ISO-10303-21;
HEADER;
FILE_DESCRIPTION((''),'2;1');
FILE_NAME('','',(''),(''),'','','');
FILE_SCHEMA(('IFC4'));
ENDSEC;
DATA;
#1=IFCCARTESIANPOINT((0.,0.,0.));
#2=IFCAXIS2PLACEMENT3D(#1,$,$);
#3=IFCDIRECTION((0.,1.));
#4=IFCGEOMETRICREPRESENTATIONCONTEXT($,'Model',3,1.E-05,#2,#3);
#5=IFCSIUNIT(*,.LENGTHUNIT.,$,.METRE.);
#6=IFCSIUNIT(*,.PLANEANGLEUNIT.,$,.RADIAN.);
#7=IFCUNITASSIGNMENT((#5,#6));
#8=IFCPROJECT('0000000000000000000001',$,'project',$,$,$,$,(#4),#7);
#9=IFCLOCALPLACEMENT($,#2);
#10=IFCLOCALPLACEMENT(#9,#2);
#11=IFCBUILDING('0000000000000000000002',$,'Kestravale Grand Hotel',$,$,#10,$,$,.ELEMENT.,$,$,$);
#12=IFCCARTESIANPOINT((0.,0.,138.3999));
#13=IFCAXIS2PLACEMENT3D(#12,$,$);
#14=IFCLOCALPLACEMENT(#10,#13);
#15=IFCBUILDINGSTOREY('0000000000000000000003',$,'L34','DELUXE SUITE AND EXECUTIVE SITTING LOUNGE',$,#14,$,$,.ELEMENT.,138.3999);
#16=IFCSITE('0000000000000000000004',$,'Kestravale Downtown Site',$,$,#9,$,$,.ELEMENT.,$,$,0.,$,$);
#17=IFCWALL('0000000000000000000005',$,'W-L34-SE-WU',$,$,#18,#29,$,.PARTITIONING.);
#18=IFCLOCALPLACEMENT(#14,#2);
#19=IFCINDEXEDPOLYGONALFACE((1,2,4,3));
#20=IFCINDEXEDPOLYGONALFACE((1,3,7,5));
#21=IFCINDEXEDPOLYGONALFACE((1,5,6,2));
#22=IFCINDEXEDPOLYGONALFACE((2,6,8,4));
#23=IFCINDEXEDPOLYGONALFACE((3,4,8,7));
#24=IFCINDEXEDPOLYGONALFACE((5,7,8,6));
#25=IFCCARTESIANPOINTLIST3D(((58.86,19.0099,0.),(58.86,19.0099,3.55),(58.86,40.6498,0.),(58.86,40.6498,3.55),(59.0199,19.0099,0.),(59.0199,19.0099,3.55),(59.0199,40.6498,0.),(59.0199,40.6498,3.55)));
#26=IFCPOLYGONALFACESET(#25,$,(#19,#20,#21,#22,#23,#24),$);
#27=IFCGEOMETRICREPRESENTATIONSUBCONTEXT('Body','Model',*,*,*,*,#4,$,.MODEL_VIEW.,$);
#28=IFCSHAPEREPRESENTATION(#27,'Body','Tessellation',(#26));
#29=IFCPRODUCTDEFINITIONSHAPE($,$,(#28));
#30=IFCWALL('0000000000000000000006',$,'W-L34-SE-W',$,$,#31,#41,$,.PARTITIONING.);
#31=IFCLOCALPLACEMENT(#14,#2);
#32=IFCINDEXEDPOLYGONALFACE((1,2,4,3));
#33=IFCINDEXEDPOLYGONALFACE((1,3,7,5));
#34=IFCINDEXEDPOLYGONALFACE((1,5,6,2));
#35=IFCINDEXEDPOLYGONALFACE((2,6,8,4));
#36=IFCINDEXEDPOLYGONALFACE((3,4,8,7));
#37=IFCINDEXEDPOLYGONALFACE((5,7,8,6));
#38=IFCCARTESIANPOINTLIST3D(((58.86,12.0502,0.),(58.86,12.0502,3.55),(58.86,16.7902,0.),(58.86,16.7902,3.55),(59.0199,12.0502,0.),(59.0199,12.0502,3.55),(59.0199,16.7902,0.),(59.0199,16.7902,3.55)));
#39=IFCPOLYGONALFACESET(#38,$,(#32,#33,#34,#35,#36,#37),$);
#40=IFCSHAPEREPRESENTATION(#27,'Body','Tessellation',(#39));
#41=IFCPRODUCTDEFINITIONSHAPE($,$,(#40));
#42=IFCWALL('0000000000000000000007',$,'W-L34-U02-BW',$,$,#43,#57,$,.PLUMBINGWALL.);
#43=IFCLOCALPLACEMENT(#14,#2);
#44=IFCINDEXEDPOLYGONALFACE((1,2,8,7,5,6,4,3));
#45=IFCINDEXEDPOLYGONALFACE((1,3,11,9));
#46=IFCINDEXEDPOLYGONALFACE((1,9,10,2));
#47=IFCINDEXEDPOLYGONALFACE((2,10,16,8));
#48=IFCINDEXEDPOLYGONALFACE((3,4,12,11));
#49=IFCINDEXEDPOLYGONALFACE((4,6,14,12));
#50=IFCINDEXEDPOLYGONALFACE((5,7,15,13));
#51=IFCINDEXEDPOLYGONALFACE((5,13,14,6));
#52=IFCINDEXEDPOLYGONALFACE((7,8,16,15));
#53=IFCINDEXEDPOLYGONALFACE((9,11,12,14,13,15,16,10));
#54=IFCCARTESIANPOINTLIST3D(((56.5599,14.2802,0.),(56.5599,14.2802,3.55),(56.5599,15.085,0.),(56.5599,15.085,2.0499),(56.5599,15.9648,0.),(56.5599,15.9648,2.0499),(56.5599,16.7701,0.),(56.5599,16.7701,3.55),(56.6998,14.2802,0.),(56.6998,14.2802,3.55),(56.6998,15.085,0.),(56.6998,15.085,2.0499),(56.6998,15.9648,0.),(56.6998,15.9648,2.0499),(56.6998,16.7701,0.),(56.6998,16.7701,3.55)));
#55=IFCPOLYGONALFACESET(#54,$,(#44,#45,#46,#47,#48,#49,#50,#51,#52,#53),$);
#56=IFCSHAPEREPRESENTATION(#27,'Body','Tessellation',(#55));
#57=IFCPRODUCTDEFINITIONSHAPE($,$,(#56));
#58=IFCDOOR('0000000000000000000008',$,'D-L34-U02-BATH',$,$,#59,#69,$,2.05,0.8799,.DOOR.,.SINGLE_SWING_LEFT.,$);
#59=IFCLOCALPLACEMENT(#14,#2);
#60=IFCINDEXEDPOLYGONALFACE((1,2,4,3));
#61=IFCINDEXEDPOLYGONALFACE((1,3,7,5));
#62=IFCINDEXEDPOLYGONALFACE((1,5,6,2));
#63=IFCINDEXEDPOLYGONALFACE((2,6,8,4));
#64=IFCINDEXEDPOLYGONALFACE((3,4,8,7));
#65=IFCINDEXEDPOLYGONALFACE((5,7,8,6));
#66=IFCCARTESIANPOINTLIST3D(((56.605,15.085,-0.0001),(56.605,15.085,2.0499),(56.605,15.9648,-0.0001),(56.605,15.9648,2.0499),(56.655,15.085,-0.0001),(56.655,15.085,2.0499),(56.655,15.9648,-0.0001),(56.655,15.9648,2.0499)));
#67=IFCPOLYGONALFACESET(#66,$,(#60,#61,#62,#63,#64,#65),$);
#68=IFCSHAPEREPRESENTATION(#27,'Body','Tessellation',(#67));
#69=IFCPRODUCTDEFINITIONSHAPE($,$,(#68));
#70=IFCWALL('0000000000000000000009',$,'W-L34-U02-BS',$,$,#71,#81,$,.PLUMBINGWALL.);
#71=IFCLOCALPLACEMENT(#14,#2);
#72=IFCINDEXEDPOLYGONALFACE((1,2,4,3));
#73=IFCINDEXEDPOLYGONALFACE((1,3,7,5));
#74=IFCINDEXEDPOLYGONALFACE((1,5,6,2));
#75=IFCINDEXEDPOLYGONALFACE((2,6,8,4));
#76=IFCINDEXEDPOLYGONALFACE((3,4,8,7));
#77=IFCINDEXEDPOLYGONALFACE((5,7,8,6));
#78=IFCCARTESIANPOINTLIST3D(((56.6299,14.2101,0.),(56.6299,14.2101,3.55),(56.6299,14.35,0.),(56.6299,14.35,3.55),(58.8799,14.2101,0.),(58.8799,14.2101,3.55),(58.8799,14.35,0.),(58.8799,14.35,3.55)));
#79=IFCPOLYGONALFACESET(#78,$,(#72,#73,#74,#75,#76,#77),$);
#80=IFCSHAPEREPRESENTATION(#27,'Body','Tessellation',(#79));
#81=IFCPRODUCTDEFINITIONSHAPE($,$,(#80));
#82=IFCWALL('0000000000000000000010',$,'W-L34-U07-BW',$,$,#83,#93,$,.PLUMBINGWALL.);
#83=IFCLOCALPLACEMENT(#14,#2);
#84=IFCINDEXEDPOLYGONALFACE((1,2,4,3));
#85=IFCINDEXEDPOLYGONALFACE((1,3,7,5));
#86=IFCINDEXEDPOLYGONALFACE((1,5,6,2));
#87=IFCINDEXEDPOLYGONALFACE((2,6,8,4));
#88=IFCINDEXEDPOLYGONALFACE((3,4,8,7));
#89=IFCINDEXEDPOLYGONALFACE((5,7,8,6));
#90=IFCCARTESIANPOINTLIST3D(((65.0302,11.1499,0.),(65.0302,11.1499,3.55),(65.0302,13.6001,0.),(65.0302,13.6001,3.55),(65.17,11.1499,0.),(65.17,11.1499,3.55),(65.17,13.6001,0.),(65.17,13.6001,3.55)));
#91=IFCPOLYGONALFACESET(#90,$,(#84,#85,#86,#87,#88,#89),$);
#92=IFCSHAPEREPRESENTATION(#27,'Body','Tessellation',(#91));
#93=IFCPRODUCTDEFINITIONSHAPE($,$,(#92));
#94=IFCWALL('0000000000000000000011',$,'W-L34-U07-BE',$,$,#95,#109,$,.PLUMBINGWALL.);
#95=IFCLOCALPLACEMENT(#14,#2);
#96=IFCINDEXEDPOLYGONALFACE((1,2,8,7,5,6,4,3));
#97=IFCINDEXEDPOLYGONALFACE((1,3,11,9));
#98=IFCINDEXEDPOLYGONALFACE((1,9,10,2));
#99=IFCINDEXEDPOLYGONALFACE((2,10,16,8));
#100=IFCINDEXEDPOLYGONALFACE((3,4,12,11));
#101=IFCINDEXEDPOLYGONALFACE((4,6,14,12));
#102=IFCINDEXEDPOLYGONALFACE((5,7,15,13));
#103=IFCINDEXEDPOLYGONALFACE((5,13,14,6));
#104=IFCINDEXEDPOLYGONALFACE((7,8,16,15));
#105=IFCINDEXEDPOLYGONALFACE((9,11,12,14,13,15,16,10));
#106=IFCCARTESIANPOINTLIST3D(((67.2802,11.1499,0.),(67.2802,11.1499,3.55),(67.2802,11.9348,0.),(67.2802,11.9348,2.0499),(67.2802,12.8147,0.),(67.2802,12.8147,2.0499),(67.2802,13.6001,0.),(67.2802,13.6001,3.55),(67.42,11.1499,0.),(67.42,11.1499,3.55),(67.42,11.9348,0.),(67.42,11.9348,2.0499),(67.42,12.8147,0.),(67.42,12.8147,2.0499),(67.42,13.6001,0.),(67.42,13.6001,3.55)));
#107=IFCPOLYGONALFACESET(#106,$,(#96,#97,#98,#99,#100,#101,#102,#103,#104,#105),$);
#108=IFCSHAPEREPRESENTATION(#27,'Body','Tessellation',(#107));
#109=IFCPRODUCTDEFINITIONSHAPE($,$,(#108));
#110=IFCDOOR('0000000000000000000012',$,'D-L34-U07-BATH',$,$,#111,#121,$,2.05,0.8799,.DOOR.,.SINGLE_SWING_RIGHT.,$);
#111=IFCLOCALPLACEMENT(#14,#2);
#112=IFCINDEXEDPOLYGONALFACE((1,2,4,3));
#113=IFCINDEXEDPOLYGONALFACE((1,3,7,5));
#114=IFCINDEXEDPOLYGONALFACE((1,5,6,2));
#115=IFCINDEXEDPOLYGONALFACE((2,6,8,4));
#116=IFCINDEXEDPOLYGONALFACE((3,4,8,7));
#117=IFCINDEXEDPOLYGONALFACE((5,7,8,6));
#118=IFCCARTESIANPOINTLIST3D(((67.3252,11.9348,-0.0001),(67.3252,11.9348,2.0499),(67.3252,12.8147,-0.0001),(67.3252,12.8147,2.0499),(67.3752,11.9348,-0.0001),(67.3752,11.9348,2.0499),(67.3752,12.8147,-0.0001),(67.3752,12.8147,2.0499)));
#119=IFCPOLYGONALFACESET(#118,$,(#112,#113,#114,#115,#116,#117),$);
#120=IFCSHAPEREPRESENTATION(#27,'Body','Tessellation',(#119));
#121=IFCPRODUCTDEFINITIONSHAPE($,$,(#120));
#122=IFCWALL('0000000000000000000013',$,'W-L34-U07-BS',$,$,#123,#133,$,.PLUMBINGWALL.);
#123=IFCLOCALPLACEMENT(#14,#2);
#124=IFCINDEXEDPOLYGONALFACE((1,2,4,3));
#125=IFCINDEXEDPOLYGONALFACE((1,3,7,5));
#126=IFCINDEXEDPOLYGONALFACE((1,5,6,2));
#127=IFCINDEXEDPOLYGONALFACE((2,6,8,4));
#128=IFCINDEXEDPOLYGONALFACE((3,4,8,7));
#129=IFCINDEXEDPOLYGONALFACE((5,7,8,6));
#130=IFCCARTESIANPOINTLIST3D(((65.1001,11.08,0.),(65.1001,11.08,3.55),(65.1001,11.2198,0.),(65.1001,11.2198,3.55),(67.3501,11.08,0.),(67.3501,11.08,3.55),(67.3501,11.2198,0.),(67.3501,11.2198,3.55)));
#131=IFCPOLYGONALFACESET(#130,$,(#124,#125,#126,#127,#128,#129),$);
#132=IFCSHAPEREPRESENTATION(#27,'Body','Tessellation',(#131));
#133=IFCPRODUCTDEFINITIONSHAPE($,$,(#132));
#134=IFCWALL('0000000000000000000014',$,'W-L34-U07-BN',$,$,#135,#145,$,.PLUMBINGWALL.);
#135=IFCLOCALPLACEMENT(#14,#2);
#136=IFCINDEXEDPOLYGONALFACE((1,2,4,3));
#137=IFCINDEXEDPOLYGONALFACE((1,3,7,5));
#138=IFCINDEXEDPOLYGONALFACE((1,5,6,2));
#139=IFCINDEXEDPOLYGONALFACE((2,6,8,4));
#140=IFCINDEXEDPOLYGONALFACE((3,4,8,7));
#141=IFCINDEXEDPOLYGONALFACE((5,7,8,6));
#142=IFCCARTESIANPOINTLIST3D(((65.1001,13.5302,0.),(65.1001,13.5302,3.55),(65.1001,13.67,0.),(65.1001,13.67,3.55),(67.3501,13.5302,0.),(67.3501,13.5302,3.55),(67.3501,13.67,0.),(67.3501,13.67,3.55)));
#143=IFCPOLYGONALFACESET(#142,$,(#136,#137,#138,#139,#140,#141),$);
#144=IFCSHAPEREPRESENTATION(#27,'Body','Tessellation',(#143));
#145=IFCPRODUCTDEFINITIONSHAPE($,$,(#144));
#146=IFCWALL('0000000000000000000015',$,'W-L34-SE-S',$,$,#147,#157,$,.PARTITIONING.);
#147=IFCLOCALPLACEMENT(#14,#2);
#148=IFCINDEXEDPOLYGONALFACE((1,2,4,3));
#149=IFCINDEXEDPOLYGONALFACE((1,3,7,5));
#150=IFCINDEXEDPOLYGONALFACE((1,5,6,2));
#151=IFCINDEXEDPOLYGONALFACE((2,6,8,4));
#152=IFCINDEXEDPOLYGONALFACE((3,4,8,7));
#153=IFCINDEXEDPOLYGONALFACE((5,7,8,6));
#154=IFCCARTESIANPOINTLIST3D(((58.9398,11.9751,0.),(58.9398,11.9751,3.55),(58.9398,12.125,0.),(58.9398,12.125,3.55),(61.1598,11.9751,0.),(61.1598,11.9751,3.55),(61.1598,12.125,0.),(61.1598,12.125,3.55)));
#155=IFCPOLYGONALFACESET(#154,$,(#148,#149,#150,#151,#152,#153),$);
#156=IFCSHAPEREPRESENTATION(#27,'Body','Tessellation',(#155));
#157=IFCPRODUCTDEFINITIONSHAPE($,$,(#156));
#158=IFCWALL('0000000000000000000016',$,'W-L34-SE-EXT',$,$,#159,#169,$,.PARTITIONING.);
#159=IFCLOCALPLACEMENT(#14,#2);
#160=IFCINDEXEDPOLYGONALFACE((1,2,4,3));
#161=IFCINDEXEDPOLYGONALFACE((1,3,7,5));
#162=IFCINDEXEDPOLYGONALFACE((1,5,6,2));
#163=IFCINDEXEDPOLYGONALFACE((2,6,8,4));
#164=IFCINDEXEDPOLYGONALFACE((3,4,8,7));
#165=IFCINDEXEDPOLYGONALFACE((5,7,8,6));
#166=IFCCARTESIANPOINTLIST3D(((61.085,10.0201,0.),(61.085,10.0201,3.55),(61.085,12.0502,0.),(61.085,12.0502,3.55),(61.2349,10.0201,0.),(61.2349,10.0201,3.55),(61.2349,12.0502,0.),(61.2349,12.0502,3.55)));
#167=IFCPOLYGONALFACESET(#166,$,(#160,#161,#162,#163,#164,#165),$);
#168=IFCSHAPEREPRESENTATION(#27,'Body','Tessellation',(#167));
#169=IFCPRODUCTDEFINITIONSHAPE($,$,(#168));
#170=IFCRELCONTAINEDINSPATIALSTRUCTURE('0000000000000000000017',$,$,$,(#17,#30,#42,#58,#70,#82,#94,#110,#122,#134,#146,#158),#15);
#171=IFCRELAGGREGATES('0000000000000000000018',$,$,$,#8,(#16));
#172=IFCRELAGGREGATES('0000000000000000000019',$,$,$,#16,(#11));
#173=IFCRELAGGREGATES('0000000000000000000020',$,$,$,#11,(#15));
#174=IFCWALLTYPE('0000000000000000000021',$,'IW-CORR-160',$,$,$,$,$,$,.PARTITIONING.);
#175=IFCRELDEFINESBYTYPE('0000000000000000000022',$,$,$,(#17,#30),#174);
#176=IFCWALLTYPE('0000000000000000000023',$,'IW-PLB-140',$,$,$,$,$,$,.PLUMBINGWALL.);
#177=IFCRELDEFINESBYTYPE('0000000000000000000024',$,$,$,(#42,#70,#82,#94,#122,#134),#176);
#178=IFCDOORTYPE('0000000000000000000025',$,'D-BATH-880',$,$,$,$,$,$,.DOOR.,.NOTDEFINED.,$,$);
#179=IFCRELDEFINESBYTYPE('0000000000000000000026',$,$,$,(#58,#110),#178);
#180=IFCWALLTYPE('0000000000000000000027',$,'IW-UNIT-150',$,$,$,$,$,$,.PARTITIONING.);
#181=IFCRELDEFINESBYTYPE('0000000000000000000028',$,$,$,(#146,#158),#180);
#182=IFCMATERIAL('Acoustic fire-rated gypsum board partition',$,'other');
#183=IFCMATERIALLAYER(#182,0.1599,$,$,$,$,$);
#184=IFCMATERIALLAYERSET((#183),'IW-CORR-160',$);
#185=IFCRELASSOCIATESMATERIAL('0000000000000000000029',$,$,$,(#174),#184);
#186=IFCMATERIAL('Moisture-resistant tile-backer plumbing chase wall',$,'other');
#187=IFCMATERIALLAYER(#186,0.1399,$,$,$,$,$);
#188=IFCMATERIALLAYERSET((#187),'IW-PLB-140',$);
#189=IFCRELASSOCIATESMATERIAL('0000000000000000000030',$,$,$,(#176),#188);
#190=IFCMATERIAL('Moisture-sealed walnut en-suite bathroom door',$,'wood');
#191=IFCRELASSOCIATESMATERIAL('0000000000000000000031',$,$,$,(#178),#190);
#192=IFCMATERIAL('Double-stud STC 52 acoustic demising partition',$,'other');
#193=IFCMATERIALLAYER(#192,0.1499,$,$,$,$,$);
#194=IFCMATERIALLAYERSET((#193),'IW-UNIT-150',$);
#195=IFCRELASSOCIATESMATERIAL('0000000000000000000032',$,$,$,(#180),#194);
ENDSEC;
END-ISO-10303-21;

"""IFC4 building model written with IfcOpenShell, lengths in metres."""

from ifc_helpers import new_model, si_unit, direction, frame, frame_2d, origin, place, context, subcontext, project, spatial, rectangle, extrude, material, layer, layer_set, type_object, element, fill, save


model = new_model("IFC4")

# Units and contexts
model_context = context("Model", 3, precision=1e-05, world=origin(), true_north=direction((0.0, 1.0)))
body_context = subcontext(model_context, "Body", "Model", "MODEL_VIEW")
ifc_project = project(units=[si_unit("LENGTHUNIT", "METRE"), si_unit("PLANEANGLEUNIT", "RADIAN")], contexts=[model_context])

# Site, building, storey
site_placement = place(None, origin())
site = spatial("IfcSite", under=ifc_project, at=site_placement, Name="Kestravale Downtown Site", CompositionType="ELEMENT", RefElevation=0.0)
building_placement = place(site_placement, origin())
building = spatial("IfcBuilding", under=site, at=building_placement, Name="Kestravale Grand Hotel", CompositionType="ELEMENT")
storey_placement = place(building_placement, frame((0.0, 0.0, 138.3999)))
storey = spatial("IfcBuildingStorey", under=building, at=storey_placement, Name="L34", Description="DELUXE SUITE AND EXECUTIVE SITTING LOUNGE", CompositionType="ELEMENT", Elevation=138.3999)

# Shared definitions
ifc_material_1 = material(Name="Acoustic fire-rated gypsum board partition", Category="other")
ifc_layer_1 = layer(ifc_material_1, 0.1599)
ifc_layer_set_1 = layer_set([ifc_layer_1], Name="IW-CORR-160")
wall_type_1 = type_object("IfcWallType", Name="IW-CORR-160", PredefinedType="PARTITIONING", material=ifc_layer_set_1)

# Walls
wall_1_placement = place(storey_placement, frame((58.9399, 19.01, 0.0), z_axis=(0.0, 0.0, 1.0), x_axis=(0.0, 1.0, 0.0)))
element("IfcWall", 1, at=wall_1_placement, inside=storey, type_object=wall_type_1, Name="W-L34-SE-WU", PredefinedType="PARTITIONING", context=body_context, shape_type="SweptSolid", body=[
    extrude(rectangle(XDim=21.6399, YDim=0.1599, at=frame_2d((10.8198, 0.0))), origin(), (0.0, 0.0, 1.0), 3.55),
])
wall_2_placement = place(storey_placement, frame((58.9399, 12.05, 0.0), z_axis=(0.0, 0.0, 1.0), x_axis=(0.0, 1.0, 0.0)))
element("IfcWall", 2, at=wall_2_placement, inside=storey, type_object=wall_type_1, Name="W-L34-SE-W", PredefinedType="PARTITIONING", context=body_context, shape_type="SweptSolid", body=[
    extrude(rectangle(XDim=4.74, YDim=0.1599, at=frame_2d((2.3701, 0.0))), origin(), (0.0, 0.0, 1.0), 3.55),
])

# Wall, opening, door
ifc_material_2 = material(Name="Moisture-resistant tile-backer plumbing chase wall", Category="other")
ifc_layer_2 = layer(ifc_material_2, 0.1399)
ifc_layer_set_2 = layer_set([ifc_layer_2], Name="IW-PLB-140")
wall_type_2 = type_object("IfcWallType", Name="IW-PLB-140", PredefinedType="PLUMBINGWALL", material=ifc_layer_set_2)
wall_3_placement = place(storey_placement, frame((56.6299, 14.28, 0.0), z_axis=(0.0, 0.0, 1.0), x_axis=(0.0, 1.0, 0.0)))
wall_3 = element("IfcWall", 3, at=wall_3_placement, inside=storey, type_object=wall_type_2, Name="W-L34-U02-BW", PredefinedType="PLUMBINGWALL", context=body_context, shape_type="SweptSolid", body=[
    extrude(rectangle(XDim=2.49, YDim=0.1399, at=frame_2d((1.2451, 0.0))), origin(), (0.0, 0.0, 1.0), 3.55),
])
opening_1_placement = place(wall_3_placement, frame((0.8049, 0.0, 0.0)))
opening_1 = element("IfcOpeningElement", 4, at=opening_1_placement, cuts=wall_3, PredefinedType="OPENING", context=body_context, shape_type="SweptSolid", body=[
    extrude(rectangle(XDim=0.8799, YDim=2.05, at=frame_2d((0.4399, 1.0249))), frame((0.0, 0.0798, 0.0), z_axis=(0.0, -1.0, 0.0), x_axis=(1.0, 0.0, 0.0)), (0.0, 0.0, 1.0), 0.1599),
])
ifc_material_3 = material(Name="Moisture-sealed walnut en-suite bathroom door", Category="wood")
door_type_1 = type_object("IfcDoorType", Name="D-BATH-880", OperationType="NOTDEFINED", PredefinedType="DOOR", material=ifc_material_3)
door_1_placement = place(opening_1_placement, origin())
door_1 = element("IfcDoor", 5, at=door_1_placement, inside=storey, type_object=door_type_1, Name="D-L34-U02-BATH", OperationType="SINGLE_SWING_LEFT", OverallHeight=2.05, OverallWidth=0.8799, PredefinedType="DOOR", context=body_context, shape_type="SweptSolid", body=[
    extrude(rectangle(XDim=0.8799, YDim=2.05, at=frame_2d((0.4399, 1.0249))), frame((0.0, 0.0249, 0.0), z_axis=(0.0, -1.0, 0.0), x_axis=(1.0, 0.0, 0.0)), (0.0, 0.0, 1.0), 0.05),
])
fill(opening_1, door_1)

# Walls
wall_4_placement = place(storey_placement, frame((56.6299, 14.28, 0.0), z_axis=(0.0, 0.0, 1.0), x_axis=(1.0, 0.0, 0.0)))
element("IfcWall", 6, at=wall_4_placement, inside=storey, type_object=wall_type_2, Name="W-L34-U02-BS", PredefinedType="PLUMBINGWALL", context=body_context, shape_type="SweptSolid", body=[
    extrude(rectangle(XDim=2.25, YDim=0.1399, at=frame_2d((1.125, 0.0))), origin(), (0.0, 0.0, 1.0), 3.55),
])
wall_5_placement = place(storey_placement, frame((65.1001, 11.1499, 0.0), z_axis=(0.0, 0.0, 1.0), x_axis=(0.0, 1.0, 0.0)))
element("IfcWall", 7, at=wall_5_placement, inside=storey, type_object=wall_type_2, Name="W-L34-U07-BW", PredefinedType="PLUMBINGWALL", context=body_context, shape_type="SweptSolid", body=[
    extrude(rectangle(XDim=2.4502, YDim=0.1399, at=frame_2d((1.2251, 0.0))), origin(), (0.0, 0.0, 1.0), 3.55),
])

# Wall, opening, door
wall_6_placement = place(storey_placement, frame((67.3501, 11.1499, 0.0), z_axis=(0.0, 0.0, 1.0), x_axis=(0.0, 1.0, 0.0)))
wall_6 = element("IfcWall", 8, at=wall_6_placement, inside=storey, type_object=wall_type_2, Name="W-L34-U07-BE", PredefinedType="PLUMBINGWALL", context=body_context, shape_type="SweptSolid", body=[
    extrude(rectangle(XDim=2.4502, YDim=0.1399, at=frame_2d((1.2251, 0.0))), origin(), (0.0, 0.0, 1.0), 3.55),
])
opening_2_placement = place(wall_6_placement, frame((0.7849, 0.0, 0.0)))
opening_2 = element("IfcOpeningElement", 9, at=opening_2_placement, cuts=wall_6, PredefinedType="OPENING", context=body_context, shape_type="SweptSolid", body=[
    extrude(rectangle(XDim=0.8799, YDim=2.05, at=frame_2d((0.4399, 1.0249))), frame((0.0, 0.0798, 0.0), z_axis=(0.0, -1.0, 0.0), x_axis=(1.0, 0.0, 0.0)), (0.0, 0.0, 1.0), 0.1599),
])
door_2_placement = place(opening_2_placement, origin())
door_2 = element("IfcDoor", 10, at=door_2_placement, inside=storey, type_object=door_type_1, Name="D-L34-U07-BATH", OperationType="SINGLE_SWING_RIGHT", OverallHeight=2.05, OverallWidth=0.8799, PredefinedType="DOOR", context=body_context, shape_type="SweptSolid", body=[
    extrude(rectangle(XDim=0.8799, YDim=2.05, at=frame_2d((0.4399, 1.0249))), frame((0.0, 0.0249, 0.0), z_axis=(0.0, -1.0, 0.0), x_axis=(1.0, 0.0, 0.0)), (0.0, 0.0, 1.0), 0.05),
])
fill(opening_2, door_2)

# Walls
for number, where, z_axis, x_axis, name in (
    (11, (65.1001, 11.1499, 0.0), (0.0, 0.0, 1.0), (1.0, 0.0, 0.0), "W-L34-U07-BS"),
    (12, (65.1001, 13.6001, 0.0), (0.0, 0.0, 1.0), (1.0, 0.0, 0.0), "W-L34-U07-BN"),
):
    element("IfcWall", number, at=place(storey_placement, frame(where, z_axis=z_axis, x_axis=x_axis)), inside=storey, type_object=wall_type_2, Name=name, PredefinedType="PLUMBINGWALL", context=body_context, shape_type="SweptSolid", body=[
        extrude(rectangle(XDim=2.25, YDim=0.1399, at=frame_2d((1.125, 0.0))), origin(), (0.0, 0.0, 1.0), 3.55),
    ])
ifc_material_4 = material(Name="Double-stud STC 52 acoustic demising partition", Category="other")
ifc_layer_3 = layer(ifc_material_4, 0.1499)
ifc_layer_set_3 = layer_set([ifc_layer_3], Name="IW-UNIT-150")
wall_type_3 = type_object("IfcWallType", Name="IW-UNIT-150", PredefinedType="PARTITIONING", material=ifc_layer_set_3)
wall_7_placement = place(storey_placement, frame((58.9399, 12.05, 0.0), z_axis=(0.0, 0.0, 1.0), x_axis=(1.0, 0.0, 0.0)))
element("IfcWall", 13, at=wall_7_placement, inside=storey, type_object=wall_type_3, Name="W-L34-SE-S", PredefinedType="PARTITIONING", context=body_context, shape_type="SweptSolid", body=[
    extrude(rectangle(XDim=2.22, YDim=0.1499, at=frame_2d((1.1099, 0.0))), origin(), (0.0, 0.0, 1.0), 3.55),
])
wall_8_placement = place(storey_placement, frame((61.1599, 10.02, 0.0), z_axis=(0.0, 0.0, 1.0), x_axis=(0.0, 1.0, 0.0)))
element("IfcWall", 14, at=wall_8_placement, inside=storey, type_object=wall_type_3, Name="W-L34-SE-EXT", PredefinedType="PARTITIONING", context=body_context, shape_type="SweptSolid", body=[
    extrude(rectangle(XDim=2.03, YDim=0.1499, at=frame_2d((1.0151, 0.0))), origin(), (0.0, 0.0, 1.0), 3.55),
])

save(model, "model.ifc")
